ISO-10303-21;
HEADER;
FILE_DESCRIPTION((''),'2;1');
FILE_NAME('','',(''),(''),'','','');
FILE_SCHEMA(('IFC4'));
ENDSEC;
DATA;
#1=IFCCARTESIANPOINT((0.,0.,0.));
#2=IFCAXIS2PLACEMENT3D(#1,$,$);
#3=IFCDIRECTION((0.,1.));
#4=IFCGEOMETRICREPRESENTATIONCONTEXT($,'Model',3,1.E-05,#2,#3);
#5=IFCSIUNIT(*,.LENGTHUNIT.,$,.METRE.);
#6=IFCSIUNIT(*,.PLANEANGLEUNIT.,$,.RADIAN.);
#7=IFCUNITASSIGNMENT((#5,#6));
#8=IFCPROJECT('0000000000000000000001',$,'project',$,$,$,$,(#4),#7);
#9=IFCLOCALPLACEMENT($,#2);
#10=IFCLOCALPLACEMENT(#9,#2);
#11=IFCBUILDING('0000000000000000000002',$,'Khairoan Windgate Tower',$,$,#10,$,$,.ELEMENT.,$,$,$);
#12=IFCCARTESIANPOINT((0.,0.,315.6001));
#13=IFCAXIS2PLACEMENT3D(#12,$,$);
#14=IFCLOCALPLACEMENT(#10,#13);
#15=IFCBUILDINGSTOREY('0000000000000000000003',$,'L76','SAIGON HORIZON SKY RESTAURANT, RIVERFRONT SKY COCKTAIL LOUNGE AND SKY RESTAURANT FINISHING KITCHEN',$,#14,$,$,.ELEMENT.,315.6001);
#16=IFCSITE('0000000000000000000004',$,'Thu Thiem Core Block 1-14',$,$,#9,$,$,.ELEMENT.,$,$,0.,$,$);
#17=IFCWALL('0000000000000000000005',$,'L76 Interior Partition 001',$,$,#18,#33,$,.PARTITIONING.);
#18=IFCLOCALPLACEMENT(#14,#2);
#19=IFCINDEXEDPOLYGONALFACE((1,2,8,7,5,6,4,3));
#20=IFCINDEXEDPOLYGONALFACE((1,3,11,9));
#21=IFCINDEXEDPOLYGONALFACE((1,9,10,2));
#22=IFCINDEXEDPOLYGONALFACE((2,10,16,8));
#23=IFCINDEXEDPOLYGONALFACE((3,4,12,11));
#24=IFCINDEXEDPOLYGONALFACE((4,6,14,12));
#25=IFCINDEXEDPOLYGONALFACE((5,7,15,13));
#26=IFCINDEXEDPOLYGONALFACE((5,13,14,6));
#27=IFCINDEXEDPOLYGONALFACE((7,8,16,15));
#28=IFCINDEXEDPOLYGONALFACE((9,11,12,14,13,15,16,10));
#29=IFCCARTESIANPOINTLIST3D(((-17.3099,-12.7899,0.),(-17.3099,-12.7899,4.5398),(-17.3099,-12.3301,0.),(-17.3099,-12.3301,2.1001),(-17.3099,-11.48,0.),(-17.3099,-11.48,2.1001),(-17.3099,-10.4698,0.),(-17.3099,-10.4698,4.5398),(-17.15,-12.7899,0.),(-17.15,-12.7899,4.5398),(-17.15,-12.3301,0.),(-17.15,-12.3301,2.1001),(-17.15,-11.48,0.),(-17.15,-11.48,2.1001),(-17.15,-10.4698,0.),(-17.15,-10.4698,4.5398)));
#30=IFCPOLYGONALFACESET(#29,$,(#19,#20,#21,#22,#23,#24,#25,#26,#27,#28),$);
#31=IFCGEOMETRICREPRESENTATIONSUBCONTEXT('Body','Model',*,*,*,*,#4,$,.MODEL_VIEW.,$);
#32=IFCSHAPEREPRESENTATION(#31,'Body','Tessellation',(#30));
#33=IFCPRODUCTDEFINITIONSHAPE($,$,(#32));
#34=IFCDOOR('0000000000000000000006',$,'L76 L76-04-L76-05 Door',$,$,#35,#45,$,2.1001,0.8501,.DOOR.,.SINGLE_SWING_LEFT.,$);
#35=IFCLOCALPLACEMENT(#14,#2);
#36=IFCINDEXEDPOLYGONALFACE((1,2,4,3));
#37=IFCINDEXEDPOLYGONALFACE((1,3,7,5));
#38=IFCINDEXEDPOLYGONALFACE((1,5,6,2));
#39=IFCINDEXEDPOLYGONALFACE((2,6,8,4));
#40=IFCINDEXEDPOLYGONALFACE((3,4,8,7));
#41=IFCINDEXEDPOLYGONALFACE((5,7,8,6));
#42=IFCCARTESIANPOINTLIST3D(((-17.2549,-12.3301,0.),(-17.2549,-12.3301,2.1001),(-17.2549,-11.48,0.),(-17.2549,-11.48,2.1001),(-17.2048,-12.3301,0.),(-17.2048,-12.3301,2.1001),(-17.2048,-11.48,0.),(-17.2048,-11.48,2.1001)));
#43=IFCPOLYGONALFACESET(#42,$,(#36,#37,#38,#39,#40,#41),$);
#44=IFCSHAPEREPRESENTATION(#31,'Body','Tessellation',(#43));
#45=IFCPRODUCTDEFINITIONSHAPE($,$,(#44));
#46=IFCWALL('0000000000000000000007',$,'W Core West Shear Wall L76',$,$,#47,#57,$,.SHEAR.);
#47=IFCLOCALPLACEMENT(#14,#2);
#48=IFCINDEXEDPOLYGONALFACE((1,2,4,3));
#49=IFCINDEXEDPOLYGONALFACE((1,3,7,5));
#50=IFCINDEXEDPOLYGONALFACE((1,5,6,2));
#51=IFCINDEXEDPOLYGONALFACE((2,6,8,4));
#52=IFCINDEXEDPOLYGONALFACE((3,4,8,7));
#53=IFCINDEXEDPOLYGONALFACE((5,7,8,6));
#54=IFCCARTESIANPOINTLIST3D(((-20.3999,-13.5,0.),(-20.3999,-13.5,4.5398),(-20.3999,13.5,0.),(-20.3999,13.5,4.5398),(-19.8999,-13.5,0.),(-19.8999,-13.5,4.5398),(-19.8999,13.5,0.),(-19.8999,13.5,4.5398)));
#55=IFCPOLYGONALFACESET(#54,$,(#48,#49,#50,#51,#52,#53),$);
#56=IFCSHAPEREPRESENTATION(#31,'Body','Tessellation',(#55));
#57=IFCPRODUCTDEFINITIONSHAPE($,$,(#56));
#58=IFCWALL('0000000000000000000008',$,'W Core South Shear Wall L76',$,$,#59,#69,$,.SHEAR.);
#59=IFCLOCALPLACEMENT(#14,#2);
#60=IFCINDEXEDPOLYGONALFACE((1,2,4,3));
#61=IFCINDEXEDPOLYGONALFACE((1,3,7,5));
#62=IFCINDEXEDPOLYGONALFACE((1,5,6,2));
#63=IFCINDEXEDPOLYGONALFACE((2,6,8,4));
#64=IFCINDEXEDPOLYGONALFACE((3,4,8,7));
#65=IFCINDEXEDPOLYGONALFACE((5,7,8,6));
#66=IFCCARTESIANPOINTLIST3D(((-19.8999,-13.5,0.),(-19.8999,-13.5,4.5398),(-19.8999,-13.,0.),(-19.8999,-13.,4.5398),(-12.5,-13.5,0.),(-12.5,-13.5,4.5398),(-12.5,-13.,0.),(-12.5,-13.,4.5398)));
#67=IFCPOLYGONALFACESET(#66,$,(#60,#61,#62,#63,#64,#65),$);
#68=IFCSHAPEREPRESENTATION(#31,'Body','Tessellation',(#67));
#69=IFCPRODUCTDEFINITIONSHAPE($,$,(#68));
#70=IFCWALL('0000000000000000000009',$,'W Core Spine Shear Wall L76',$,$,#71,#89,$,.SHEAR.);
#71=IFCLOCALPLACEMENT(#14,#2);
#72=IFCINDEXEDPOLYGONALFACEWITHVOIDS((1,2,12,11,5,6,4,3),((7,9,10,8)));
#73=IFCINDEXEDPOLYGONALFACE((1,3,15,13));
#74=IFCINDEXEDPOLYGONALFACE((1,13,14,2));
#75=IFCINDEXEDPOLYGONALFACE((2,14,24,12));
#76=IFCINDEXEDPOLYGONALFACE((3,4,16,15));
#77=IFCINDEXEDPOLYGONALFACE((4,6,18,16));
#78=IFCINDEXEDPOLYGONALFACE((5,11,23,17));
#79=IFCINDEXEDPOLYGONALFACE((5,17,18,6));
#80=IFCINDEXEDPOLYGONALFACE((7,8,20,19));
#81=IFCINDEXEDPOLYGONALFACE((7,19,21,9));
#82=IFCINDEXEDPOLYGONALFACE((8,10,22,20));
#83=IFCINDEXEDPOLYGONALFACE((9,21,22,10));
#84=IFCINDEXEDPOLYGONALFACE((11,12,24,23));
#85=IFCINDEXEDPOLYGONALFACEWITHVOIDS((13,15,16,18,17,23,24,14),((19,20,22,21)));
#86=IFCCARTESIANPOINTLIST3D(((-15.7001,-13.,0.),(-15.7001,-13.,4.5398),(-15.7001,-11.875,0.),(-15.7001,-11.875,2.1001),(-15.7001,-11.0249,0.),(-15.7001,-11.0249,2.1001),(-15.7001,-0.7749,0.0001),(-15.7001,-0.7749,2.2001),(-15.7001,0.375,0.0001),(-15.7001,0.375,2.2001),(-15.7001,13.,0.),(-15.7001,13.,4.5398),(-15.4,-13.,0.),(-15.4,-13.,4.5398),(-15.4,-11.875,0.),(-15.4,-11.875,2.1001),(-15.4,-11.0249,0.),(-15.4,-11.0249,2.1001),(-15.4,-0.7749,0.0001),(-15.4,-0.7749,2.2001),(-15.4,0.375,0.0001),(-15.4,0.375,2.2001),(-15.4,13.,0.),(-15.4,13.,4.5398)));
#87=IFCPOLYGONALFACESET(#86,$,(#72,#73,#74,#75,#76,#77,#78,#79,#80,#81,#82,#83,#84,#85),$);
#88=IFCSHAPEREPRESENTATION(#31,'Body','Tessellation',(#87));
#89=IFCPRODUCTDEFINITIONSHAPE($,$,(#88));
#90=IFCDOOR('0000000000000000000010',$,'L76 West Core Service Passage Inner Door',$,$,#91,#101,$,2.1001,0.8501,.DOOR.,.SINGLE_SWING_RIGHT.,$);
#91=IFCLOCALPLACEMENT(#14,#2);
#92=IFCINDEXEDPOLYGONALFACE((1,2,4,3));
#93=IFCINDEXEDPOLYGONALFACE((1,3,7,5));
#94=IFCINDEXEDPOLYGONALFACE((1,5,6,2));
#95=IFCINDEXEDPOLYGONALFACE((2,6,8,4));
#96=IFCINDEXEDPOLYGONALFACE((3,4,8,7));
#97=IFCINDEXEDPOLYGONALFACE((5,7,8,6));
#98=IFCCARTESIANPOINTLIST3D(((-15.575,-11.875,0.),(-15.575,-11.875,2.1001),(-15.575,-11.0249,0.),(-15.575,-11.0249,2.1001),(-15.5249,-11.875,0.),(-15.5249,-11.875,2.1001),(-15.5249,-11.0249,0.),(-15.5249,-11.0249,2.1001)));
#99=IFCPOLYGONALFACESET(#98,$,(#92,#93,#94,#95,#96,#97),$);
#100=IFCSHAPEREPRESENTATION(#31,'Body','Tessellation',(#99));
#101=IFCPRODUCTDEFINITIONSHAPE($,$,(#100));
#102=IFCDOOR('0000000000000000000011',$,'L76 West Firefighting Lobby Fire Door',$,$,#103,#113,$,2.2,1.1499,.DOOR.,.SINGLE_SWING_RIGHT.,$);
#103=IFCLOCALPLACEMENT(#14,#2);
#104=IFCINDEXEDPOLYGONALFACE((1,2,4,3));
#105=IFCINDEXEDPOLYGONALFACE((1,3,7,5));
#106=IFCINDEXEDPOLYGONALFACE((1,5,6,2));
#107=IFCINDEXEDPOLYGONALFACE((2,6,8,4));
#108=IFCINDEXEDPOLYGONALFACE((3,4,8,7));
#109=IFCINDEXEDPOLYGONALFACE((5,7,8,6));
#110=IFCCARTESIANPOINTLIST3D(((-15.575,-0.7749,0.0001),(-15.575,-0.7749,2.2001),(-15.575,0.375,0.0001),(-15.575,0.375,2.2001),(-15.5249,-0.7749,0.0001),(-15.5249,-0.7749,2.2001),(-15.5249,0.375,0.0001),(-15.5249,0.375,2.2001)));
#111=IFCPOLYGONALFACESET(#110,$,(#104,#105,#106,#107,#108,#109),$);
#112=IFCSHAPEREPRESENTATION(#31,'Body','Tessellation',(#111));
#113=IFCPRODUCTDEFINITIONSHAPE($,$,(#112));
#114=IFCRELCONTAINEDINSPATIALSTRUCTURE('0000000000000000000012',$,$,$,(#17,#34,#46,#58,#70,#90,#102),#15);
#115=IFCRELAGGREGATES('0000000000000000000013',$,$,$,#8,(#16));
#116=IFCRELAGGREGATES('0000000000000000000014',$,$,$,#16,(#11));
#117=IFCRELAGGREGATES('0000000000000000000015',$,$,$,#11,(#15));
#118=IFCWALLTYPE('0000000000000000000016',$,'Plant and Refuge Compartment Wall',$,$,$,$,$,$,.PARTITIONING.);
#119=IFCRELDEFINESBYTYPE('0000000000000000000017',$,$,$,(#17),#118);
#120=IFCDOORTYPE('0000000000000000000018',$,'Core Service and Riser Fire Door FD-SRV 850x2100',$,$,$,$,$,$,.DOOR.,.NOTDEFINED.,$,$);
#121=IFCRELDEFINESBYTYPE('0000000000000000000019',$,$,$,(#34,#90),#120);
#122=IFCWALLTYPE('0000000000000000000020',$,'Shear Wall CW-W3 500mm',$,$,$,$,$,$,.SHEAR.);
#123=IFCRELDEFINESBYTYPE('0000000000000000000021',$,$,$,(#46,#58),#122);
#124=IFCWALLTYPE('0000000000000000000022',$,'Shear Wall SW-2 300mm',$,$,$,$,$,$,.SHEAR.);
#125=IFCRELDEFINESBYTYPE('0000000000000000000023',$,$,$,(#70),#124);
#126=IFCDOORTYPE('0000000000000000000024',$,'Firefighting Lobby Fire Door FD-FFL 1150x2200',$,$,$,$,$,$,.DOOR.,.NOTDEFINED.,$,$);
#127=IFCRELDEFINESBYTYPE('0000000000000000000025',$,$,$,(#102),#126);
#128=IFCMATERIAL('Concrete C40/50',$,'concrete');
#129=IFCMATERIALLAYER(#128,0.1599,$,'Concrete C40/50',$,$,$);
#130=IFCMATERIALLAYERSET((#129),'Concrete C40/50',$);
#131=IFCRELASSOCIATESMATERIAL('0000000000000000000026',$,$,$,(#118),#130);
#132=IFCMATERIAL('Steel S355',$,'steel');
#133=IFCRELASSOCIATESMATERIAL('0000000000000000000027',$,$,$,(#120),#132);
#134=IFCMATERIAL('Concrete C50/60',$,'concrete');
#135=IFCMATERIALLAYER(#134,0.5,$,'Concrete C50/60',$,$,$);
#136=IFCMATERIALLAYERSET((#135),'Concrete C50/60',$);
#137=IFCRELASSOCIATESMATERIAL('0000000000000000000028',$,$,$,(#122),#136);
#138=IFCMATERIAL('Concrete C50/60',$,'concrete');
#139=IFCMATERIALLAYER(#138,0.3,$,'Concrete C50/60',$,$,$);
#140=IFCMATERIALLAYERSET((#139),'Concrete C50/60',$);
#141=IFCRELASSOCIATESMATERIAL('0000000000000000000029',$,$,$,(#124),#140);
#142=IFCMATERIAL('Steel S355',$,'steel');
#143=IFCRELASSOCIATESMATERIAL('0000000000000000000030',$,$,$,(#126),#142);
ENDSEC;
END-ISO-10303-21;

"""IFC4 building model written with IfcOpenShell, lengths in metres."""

from ifc_helpers import new_model, si_unit, direction, frame, frame_2d, origin, place, context, subcontext, project, spatial, rectangle, extrude, material, layer, layer_set, type_object, element, fill, save


model = new_model("IFC4")

# Units and contexts
model_context = context("Model", 3, precision=1e-05, world=origin(), true_north=direction((0.0, 1.0)))
body_context = subcontext(model_context, "Body", "Model", "MODEL_VIEW")
ifc_project = project(units=[si_unit("LENGTHUNIT", "METRE"), si_unit("PLANEANGLEUNIT", "RADIAN")], contexts=[model_context])

# Site, building, storey
site_placement = place(None, origin())
site = spatial("IfcSite", under=ifc_project, at=site_placement, Name="Thu Thiem Core Block 1-14", CompositionType="ELEMENT", RefElevation=0.0)
building_placement = place(site_placement, origin())
building = spatial("IfcBuilding", under=site, at=building_placement, Name="Khairoan Windgate Tower", CompositionType="ELEMENT")
storey_placement = place(building_placement, frame((0.0, 0.0, 315.6001)))
storey = spatial("IfcBuildingStorey", under=building, at=storey_placement, Name="L76", Description="SAIGON HORIZON SKY RESTAURANT, RIVERFRONT SKY COCKTAIL LOUNGE AND SKY RESTAURANT FINISHING KITCHEN", CompositionType="ELEMENT", Elevation=315.6001)

# Wall, opening, door
ifc_material_1 = material(Name="Concrete C40/50", Category="concrete")
ifc_layer_1 = layer(ifc_material_1, 0.1599, Name="Concrete C40/50")
ifc_layer_set_1 = layer_set([ifc_layer_1], Name="Concrete C40/50")
wall_type_1 = type_object("IfcWallType", Name="Plant and Refuge Compartment Wall", PredefinedType="PARTITIONING", material=ifc_layer_set_1)
wall_1_placement = place(storey_placement, frame((-17.23, -12.79, 0.0), z_axis=(0.0, 0.0, 1.0), x_axis=(0.0, 1.0, 0.0)))
wall_1 = element("IfcWall", 1, at=wall_1_placement, inside=storey, type_object=wall_type_1, Name="L76 Interior Partition 001", PredefinedType="PARTITIONING", context=body_context, shape_type="SweptSolid", body=[
    extrude(rectangle(XDim=2.3201, YDim=0.1599, at=frame_2d((1.1602, 0.0))), origin(), (0.0, 0.0, 1.0), 4.5398),
])
opening_1_placement = place(wall_1_placement, frame((0.46, 0.0, 0.0)))
opening_1 = element("IfcOpeningElement", 2, at=opening_1_placement, cuts=wall_1, PredefinedType="OPENING", context=body_context, shape_type="SweptSolid", body=[
    extrude(rectangle(XDim=0.8501, YDim=2.1001, at=frame_2d((0.425, 1.05))), frame((0.0, 0.0898, 0.0), z_axis=(0.0, -1.0, 0.0), x_axis=(1.0, 0.0, 0.0)), (0.0, 0.0, 1.0), 0.1799),
])
ifc_material_2 = material(Name="Steel S355", Category="steel")
door_type_1 = type_object("IfcDoorType", Name="Core Service and Riser Fire Door FD-SRV 850x2100", OperationType="NOTDEFINED", PredefinedType="DOOR", material=ifc_material_2)
door_1_placement = place(opening_1_placement, origin())
door_1 = element("IfcDoor", 3, at=door_1_placement, inside=storey, type_object=door_type_1, Name="L76 L76-04-L76-05 Door", OperationType="SINGLE_SWING_LEFT", OverallHeight=2.1001, OverallWidth=0.8501, PredefinedType="DOOR", context=body_context, shape_type="SweptSolid", body=[
    extrude(rectangle(XDim=0.8501, YDim=2.1001, at=frame_2d((0.425, 1.05))), frame((0.0, 0.0249, 0.0), z_axis=(0.0, -1.0, 0.0), x_axis=(1.0, 0.0, 0.0)), (0.0, 0.0, 1.0), 0.05),
])
fill(opening_1, door_1)

# Walls
ifc_material_3 = material(Name="Concrete C50/60", Category="concrete")
ifc_layer_2 = layer(ifc_material_3, 0.5, Name="Concrete C50/60")
ifc_layer_set_2 = layer_set([ifc_layer_2], Name="Concrete C50/60")
wall_type_2 = type_object("IfcWallType", Name="Shear Wall CW-W3 500mm", PredefinedType="SHEAR", material=ifc_layer_set_2)
wall_2_placement = place(storey_placement, frame((-20.1499, -13.5, 0.0), z_axis=(0.0, 0.0, 1.0), x_axis=(0.0, 1.0, 0.0)))
element("IfcWall", 4, at=wall_2_placement, inside=storey, type_object=wall_type_2, Name="W Core West Shear Wall L76", PredefinedType="SHEAR", context=body_context, shape_type="SweptSolid", body=[
    extrude(rectangle(XDim=27.0, YDim=0.5, at=frame_2d((13.5, 0.0))), origin(), (0.0, 0.0, 1.0), 4.5398),
])
wall_3_placement = place(storey_placement, frame((-19.8999, -13.25, 0.0), z_axis=(0.0, 0.0, 1.0), x_axis=(1.0, 0.0, 0.0)))
element("IfcWall", 5, at=wall_3_placement, inside=storey, type_object=wall_type_2, Name="W Core South Shear Wall L76", PredefinedType="SHEAR", context=body_context, shape_type="SweptSolid", body=[
    extrude(rectangle(XDim=7.3999, YDim=0.5, at=frame_2d((3.7, 0.0))), origin(), (0.0, 0.0, 1.0), 4.5398),
])

# Wall, openings, doors
ifc_material_4 = material(Name="Concrete C50/60", Category="concrete")
ifc_layer_3 = layer(ifc_material_4, 0.3, Name="Concrete C50/60")
ifc_layer_set_3 = layer_set([ifc_layer_3], Name="Concrete C50/60")
wall_type_3 = type_object("IfcWallType", Name="Shear Wall SW-2 300mm", PredefinedType="SHEAR", material=ifc_layer_set_3)
wall_4_placement = place(storey_placement, frame((-15.55, -13.0, 0.0), z_axis=(0.0, 0.0, 1.0), x_axis=(0.0, 1.0, 0.0)))
wall_4 = element("IfcWall", 6, at=wall_4_placement, inside=storey, type_object=wall_type_3, Name="W Core Spine Shear Wall L76", PredefinedType="SHEAR", context=body_context, shape_type="SweptSolid", body=[
    extrude(rectangle(XDim=26.0, YDim=0.3, at=frame_2d((13.0, 0.0))), origin(), (0.0, 0.0, 1.0), 4.5398),
])
opening_2_placement = place(wall_4_placement, frame((12.2251, 0.0, 0.0)))
opening_2 = element("IfcOpeningElement", 7, at=opening_2_placement, cuts=wall_4, PredefinedType="OPENING", context=body_context, shape_type="SweptSolid", body=[
    extrude(rectangle(XDim=1.1499, YDim=2.2, at=frame_2d((0.575, 1.1001))), frame((0.0, 0.1599, 0.0), z_axis=(0.0, -1.0, 0.0), x_axis=(1.0, 0.0, 0.0)), (0.0, 0.0, 1.0), 0.3201),
])
opening_3_placement = place(wall_4_placement, frame((1.125, 0.0, 0.0)))
opening_3 = element("IfcOpeningElement", 8, at=opening_3_placement, cuts=wall_4, PredefinedType="OPENING", context=body_context, shape_type="SweptSolid", body=[
    extrude(rectangle(XDim=0.8501, YDim=2.1001, at=frame_2d((0.425, 1.05))), frame((0.0, 0.1599, 0.0), z_axis=(0.0, -1.0, 0.0), x_axis=(1.0, 0.0, 0.0)), (0.0, 0.0, 1.0), 0.3201),
])
door_2_placement = place(opening_3_placement, origin())
door_2 = element("IfcDoor", 9, at=door_2_placement, inside=storey, type_object=door_type_1, Name="L76 West Core Service Passage Inner Door", OperationType="SINGLE_SWING_RIGHT", OverallHeight=2.1001, OverallWidth=0.8501, PredefinedType="DOOR", context=body_context, shape_type="SweptSolid", body=[
    extrude(rectangle(XDim=0.8501, YDim=2.1001, at=frame_2d((0.425, 1.05))), frame((0.0, 0.0249, 0.0), z_axis=(0.0, -1.0, 0.0), x_axis=(1.0, 0.0, 0.0)), (0.0, 0.0, 1.0), 0.05),
])
fill(opening_3, door_2)
ifc_material_5 = material(Name="Steel S355", Category="steel")
door_type_2 = type_object("IfcDoorType", Name="Firefighting Lobby Fire Door FD-FFL 1150x2200", OperationType="NOTDEFINED", PredefinedType="DOOR", material=ifc_material_5)
door_3_placement = place(opening_2_placement, origin())
door_3 = element("IfcDoor", 10, at=door_3_placement, inside=storey, type_object=door_type_2, Name="L76 West Firefighting Lobby Fire Door", OperationType="SINGLE_SWING_RIGHT", OverallHeight=2.2, OverallWidth=1.1499, PredefinedType="DOOR", context=body_context, shape_type="SweptSolid", body=[
    extrude(rectangle(XDim=1.1499, YDim=2.2, at=frame_2d((0.575, 1.1001))), frame((0.0, 0.0249, 0.0), z_axis=(0.0, -1.0, 0.0), x_axis=(1.0, 0.0, 0.0)), (0.0, 0.0, 1.0), 0.05),
])
fill(opening_2, door_3)

save(model, "model.ifc")
